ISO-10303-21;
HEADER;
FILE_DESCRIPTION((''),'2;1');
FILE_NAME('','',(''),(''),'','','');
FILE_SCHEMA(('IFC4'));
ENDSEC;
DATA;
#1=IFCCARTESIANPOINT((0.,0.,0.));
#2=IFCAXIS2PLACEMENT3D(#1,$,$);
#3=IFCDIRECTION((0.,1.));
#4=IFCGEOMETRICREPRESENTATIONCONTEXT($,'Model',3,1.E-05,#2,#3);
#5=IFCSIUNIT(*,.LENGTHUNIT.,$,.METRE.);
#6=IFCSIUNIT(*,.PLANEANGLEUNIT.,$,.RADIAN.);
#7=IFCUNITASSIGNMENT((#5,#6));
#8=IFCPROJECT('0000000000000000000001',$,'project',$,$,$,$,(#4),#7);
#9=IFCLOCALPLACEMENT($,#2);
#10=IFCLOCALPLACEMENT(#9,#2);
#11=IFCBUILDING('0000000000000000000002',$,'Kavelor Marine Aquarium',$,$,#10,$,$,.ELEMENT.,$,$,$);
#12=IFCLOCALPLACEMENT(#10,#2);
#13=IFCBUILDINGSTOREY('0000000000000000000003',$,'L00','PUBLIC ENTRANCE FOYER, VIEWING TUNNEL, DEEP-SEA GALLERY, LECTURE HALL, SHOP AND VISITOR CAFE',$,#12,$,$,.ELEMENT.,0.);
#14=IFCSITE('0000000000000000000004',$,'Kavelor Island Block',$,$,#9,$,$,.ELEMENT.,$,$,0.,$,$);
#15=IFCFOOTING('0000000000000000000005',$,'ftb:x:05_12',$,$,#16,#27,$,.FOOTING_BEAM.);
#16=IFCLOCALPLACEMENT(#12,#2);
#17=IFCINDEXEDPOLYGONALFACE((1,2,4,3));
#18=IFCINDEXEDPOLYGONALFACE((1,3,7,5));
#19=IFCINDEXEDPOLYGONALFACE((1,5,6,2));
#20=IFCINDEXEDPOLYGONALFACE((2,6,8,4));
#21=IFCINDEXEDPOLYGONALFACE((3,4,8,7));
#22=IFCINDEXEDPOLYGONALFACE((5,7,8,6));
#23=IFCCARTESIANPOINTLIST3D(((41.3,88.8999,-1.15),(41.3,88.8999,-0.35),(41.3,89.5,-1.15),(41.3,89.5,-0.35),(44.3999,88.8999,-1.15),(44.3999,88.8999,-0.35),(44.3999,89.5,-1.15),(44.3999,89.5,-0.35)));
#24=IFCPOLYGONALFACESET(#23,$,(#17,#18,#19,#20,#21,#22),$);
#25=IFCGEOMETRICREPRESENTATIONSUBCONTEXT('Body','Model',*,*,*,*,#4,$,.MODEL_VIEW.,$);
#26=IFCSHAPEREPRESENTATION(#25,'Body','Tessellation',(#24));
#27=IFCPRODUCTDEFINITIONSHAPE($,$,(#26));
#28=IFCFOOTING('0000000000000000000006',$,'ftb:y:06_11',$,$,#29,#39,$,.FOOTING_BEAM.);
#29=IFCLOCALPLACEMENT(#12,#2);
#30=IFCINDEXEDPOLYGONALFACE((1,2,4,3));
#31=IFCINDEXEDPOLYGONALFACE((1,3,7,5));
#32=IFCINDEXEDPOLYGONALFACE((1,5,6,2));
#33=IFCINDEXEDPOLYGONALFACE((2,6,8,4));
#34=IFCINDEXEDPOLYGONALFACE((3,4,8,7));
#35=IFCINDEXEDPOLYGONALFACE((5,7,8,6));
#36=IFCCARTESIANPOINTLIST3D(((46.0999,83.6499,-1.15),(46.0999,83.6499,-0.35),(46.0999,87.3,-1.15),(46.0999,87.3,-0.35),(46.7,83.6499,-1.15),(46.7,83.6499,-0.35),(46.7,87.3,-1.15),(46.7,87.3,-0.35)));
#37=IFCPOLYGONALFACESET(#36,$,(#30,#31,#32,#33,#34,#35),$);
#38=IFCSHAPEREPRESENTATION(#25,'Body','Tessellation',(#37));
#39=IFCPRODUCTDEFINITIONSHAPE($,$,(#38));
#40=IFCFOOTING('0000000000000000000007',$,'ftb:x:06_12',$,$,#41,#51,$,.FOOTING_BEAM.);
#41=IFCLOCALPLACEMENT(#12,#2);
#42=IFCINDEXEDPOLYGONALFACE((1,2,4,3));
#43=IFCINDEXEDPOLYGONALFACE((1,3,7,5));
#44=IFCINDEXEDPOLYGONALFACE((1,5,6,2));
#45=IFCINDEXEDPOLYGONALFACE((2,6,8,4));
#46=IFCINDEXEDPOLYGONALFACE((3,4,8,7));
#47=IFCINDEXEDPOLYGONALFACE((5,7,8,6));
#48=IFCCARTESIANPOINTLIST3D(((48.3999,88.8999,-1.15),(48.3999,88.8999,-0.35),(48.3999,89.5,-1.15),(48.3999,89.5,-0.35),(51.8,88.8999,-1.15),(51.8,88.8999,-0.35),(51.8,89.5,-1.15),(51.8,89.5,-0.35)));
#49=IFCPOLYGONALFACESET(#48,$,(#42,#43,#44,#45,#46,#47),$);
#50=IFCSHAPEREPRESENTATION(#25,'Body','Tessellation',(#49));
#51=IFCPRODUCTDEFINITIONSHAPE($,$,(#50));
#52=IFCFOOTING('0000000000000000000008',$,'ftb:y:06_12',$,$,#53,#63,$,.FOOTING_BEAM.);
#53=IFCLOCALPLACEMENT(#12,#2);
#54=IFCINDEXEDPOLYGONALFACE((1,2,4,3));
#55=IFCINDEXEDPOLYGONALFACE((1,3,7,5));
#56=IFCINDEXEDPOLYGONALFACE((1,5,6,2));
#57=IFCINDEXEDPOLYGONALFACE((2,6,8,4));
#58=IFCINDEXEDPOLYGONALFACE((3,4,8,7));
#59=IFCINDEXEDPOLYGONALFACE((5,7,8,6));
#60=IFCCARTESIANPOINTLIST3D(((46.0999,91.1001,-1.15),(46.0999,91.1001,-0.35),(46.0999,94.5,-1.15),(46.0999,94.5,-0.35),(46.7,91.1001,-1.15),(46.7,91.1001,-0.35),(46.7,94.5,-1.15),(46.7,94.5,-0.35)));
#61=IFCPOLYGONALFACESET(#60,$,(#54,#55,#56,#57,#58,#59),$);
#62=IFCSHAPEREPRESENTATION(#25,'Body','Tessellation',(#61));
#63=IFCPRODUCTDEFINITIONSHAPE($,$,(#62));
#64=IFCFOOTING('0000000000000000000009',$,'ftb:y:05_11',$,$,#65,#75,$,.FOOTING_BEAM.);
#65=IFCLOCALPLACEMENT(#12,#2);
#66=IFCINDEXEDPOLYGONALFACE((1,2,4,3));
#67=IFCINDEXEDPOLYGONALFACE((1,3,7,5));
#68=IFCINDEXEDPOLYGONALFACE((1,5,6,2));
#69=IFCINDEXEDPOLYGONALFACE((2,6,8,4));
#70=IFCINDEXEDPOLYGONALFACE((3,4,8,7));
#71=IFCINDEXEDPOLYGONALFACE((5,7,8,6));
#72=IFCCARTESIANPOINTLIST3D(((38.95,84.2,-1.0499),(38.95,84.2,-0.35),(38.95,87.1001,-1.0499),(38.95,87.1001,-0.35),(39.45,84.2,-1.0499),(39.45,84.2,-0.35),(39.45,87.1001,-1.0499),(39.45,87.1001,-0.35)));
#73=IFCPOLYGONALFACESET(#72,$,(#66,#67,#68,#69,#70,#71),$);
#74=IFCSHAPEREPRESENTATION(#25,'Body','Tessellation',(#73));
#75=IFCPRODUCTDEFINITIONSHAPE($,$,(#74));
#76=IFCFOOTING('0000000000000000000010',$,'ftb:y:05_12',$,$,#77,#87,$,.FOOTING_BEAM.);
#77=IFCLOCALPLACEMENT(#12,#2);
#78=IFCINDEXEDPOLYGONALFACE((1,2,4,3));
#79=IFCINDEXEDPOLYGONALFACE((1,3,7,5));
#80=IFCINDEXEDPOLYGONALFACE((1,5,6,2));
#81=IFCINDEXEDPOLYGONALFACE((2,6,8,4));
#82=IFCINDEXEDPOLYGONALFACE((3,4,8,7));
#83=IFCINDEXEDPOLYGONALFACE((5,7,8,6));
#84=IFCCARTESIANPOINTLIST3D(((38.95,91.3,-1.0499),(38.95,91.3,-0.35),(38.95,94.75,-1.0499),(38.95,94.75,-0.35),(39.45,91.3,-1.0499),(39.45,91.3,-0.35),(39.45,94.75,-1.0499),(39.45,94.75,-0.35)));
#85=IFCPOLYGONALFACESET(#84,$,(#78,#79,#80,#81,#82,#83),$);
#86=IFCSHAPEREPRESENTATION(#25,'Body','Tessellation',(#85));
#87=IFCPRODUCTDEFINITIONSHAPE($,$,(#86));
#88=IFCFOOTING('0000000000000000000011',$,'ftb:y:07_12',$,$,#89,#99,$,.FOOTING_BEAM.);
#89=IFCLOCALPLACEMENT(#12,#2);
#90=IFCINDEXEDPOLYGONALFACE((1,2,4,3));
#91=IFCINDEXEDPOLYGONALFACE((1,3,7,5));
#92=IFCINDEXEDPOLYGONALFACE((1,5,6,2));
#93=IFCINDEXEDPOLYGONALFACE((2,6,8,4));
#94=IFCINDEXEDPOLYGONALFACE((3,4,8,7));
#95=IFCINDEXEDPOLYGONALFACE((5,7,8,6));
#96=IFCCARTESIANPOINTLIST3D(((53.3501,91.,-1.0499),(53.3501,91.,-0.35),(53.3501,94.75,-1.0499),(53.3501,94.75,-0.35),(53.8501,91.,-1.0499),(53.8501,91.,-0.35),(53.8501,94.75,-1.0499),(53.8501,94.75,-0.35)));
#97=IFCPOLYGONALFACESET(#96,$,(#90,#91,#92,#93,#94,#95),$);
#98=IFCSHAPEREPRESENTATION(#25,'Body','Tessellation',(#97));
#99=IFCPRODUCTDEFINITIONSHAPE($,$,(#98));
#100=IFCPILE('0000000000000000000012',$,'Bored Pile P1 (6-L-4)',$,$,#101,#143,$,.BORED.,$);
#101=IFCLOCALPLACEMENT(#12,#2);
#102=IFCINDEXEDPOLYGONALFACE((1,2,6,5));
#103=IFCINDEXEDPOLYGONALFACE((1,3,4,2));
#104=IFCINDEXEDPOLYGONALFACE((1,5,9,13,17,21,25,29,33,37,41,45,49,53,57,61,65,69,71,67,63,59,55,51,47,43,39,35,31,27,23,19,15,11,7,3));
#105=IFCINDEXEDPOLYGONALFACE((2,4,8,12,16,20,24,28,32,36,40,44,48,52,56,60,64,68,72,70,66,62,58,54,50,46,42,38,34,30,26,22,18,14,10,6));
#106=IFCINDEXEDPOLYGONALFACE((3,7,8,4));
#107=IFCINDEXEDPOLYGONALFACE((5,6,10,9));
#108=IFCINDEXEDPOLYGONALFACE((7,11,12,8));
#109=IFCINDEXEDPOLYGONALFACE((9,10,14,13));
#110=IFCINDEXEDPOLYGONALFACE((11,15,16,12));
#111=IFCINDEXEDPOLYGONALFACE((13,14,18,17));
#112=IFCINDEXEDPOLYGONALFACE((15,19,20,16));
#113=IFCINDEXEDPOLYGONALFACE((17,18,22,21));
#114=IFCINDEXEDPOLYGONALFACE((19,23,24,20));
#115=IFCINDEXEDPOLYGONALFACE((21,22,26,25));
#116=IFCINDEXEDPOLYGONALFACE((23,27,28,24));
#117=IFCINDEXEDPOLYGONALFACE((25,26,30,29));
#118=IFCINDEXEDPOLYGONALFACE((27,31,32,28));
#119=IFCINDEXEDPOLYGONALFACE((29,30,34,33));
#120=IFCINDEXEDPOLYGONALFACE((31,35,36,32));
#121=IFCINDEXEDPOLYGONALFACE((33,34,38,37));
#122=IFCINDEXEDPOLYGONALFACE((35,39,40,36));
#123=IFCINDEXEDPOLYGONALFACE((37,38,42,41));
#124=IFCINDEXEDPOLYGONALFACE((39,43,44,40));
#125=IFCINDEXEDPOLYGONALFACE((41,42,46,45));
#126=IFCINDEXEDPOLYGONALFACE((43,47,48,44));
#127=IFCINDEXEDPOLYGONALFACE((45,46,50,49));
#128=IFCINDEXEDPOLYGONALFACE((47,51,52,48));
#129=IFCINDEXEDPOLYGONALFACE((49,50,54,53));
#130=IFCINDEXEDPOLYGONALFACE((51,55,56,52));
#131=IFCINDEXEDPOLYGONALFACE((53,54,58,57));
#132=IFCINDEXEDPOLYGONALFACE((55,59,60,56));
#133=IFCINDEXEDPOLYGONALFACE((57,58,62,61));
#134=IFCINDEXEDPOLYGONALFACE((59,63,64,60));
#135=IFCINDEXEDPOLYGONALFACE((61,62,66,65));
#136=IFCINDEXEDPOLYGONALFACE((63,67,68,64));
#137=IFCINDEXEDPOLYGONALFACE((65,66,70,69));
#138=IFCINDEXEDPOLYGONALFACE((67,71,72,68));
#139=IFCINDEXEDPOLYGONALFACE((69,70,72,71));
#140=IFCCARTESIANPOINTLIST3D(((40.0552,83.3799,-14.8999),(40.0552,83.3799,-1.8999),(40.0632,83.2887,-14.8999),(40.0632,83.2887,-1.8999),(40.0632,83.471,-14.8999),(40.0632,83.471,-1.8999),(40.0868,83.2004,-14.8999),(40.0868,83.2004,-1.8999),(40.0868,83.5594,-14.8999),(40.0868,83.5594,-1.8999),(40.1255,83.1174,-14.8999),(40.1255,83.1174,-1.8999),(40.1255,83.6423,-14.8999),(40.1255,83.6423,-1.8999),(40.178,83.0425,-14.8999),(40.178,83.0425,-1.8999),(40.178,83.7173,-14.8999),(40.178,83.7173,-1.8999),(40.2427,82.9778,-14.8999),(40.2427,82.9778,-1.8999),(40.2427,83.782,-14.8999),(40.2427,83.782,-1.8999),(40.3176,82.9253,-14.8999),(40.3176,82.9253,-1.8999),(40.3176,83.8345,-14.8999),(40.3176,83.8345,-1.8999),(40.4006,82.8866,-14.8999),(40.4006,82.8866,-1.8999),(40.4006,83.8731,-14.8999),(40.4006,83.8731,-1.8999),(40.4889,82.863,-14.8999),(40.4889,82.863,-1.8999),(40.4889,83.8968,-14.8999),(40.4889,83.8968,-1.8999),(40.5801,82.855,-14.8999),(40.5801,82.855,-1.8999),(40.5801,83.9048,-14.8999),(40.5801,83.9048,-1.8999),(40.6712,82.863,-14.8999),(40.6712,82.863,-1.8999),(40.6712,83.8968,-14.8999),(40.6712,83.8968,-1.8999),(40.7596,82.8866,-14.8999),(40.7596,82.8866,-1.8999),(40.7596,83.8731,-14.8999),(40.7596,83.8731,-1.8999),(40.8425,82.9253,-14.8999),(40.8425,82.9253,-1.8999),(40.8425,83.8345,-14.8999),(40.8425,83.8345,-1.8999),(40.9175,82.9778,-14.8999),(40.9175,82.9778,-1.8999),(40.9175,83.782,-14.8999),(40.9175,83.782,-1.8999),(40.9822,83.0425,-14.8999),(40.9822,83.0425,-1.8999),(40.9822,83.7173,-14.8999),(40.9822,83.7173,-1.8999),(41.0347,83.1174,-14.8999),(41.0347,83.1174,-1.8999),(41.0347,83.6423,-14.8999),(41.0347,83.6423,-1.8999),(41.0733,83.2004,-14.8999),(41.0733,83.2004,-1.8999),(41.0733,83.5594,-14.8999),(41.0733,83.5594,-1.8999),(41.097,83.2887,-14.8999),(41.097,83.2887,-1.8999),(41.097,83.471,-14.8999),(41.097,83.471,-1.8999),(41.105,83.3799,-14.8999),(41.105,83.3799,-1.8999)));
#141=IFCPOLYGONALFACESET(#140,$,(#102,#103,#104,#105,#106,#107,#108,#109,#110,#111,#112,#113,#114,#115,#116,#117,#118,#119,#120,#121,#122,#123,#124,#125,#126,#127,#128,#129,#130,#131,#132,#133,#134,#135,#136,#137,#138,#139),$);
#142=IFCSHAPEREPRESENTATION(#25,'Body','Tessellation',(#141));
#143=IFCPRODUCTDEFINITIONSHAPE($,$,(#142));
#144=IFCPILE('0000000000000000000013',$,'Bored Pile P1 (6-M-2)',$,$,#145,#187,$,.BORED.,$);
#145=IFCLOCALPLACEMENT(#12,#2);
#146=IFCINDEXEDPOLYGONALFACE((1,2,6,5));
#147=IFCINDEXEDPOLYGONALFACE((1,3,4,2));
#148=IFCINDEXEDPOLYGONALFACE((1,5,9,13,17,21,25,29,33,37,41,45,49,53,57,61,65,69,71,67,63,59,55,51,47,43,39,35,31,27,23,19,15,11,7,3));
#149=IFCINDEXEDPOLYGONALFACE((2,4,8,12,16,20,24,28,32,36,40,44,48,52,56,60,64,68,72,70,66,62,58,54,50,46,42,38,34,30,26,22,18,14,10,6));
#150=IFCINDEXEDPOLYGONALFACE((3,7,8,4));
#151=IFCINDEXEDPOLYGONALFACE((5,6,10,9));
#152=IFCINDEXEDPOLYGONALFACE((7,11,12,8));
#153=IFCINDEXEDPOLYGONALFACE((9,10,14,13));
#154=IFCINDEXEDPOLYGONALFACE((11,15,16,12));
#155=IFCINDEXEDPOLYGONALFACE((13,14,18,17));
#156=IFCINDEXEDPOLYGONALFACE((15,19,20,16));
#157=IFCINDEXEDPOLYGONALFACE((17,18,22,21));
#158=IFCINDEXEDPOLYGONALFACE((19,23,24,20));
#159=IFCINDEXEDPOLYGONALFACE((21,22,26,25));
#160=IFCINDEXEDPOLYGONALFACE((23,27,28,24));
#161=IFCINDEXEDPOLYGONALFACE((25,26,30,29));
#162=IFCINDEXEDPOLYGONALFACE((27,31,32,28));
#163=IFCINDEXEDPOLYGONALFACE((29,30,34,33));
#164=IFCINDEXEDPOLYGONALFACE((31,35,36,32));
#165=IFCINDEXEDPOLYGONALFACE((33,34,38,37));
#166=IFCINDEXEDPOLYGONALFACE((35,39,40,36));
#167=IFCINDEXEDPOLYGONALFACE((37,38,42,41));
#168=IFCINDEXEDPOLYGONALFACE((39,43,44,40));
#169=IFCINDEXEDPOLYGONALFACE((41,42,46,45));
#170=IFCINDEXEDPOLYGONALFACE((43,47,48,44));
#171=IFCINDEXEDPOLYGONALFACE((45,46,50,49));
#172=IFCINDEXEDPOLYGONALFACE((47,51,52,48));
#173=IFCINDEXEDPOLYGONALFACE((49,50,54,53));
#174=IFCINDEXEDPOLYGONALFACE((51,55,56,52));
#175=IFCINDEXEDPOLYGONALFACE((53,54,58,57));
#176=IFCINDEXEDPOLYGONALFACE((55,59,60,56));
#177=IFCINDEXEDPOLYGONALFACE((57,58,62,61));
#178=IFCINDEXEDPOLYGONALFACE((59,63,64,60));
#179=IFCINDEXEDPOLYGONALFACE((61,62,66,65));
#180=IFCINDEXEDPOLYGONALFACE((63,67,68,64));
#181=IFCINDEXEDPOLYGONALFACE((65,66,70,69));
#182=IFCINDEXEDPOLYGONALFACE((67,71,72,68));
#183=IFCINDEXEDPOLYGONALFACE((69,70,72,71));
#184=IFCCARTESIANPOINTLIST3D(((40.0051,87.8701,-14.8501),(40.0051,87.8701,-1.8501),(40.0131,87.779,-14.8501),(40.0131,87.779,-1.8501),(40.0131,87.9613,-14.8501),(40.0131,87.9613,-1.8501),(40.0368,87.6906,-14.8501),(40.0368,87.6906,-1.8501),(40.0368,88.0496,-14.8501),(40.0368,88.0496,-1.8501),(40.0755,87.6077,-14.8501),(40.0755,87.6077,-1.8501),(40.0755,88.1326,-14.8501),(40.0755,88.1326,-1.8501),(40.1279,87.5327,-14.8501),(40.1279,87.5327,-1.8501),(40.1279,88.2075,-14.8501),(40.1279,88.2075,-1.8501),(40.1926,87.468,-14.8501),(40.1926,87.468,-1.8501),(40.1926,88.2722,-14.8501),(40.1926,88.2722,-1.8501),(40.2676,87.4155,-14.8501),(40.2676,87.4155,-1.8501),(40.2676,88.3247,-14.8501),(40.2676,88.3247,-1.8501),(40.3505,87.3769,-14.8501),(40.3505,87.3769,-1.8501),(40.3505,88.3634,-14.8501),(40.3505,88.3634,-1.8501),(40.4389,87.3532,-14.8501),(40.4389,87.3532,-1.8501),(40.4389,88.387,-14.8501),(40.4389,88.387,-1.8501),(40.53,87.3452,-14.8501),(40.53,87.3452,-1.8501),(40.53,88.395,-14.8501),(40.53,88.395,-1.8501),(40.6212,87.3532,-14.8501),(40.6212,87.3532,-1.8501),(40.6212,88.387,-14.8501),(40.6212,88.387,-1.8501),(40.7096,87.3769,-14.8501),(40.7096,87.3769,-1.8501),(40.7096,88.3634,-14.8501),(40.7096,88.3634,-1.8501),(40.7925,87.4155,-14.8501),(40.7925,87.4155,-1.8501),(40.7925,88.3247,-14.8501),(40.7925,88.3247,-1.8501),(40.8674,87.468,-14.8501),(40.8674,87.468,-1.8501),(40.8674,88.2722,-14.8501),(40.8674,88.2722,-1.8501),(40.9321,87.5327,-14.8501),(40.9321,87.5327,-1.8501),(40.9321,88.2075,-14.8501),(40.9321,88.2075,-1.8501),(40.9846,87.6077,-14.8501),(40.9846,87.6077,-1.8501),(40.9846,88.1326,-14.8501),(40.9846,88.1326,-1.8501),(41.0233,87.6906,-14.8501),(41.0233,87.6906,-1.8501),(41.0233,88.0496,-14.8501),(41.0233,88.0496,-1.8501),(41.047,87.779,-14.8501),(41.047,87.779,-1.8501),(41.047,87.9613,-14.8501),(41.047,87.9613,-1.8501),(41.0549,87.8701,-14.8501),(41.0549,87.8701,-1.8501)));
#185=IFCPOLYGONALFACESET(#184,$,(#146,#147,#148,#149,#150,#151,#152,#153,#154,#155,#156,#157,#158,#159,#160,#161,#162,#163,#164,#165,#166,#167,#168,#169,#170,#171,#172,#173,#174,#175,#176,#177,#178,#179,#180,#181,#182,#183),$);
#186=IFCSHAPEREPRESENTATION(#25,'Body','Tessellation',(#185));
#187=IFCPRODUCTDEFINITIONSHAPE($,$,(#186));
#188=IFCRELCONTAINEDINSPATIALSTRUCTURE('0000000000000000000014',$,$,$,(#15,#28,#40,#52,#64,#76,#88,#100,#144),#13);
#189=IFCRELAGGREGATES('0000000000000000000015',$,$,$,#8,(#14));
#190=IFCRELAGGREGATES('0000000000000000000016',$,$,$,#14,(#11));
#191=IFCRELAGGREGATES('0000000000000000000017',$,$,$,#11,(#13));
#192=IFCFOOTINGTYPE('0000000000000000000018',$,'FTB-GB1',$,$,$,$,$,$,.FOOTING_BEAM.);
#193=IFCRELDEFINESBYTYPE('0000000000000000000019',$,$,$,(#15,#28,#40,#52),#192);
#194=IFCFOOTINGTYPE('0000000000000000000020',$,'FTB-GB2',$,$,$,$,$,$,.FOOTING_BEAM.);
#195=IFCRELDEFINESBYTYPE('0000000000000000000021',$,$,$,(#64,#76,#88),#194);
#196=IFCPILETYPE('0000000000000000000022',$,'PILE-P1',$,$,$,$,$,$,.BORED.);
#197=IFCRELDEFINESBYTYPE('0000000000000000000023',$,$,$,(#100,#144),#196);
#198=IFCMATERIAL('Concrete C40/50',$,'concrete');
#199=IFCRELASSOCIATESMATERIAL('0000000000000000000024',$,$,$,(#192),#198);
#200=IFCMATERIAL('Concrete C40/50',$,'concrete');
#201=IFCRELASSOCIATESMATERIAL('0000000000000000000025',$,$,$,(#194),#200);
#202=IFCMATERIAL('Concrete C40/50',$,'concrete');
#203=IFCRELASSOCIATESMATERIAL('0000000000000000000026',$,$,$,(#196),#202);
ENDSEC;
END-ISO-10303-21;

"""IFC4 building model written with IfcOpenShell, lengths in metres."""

from ifc_helpers import new_model, si_unit, direction, frame, origin, origin_2d, place, context, subcontext, project, spatial, rectangle, circle, extrude, material, material_profile, profile_set, type_object, element, save


model = new_model("IFC4")

# Units and contexts
model_context = context("Model", 3, precision=1e-05, world=origin(), true_north=direction((0.0, 1.0)))
body_context = subcontext(model_context, "Body", "Model", "MODEL_VIEW")
ifc_project = project(units=[si_unit("LENGTHUNIT", "METRE"), si_unit("PLANEANGLEUNIT", "RADIAN")], contexts=[model_context])

# Site, building, storey
site_placement = place(None, origin())
site = spatial("IfcSite", under=ifc_project, at=site_placement, Name="Kavelor Island Block", CompositionType="ELEMENT", RefElevation=0.0)
building_placement = place(site_placement, origin())
building = spatial("IfcBuilding", under=site, at=building_placement, Name="Kavelor Marine Aquarium", CompositionType="ELEMENT")
storey_placement = place(building_placement, origin())
storey = spatial("IfcBuildingStorey", under=building, at=storey_placement, Name="L00", Description="PUBLIC ENTRANCE FOYER, VIEWING TUNNEL, DEEP-SEA GALLERY, LECTURE HALL, SHOP AND VISITOR CAFE", CompositionType="ELEMENT", Elevation=0.0)

# Footings
ifc_material_1 = material(Name="Concrete C40/50", Category="concrete")
ifc_material_profile_1 = material_profile(ifc_material_1, rectangle(XDim=0.6001, YDim=0.8, at=origin_2d()), Name="GB 600x800")
ifc_profile_set_1 = profile_set([ifc_material_profile_1], Name="Concrete C40/50")
footing_type_1 = type_object("IfcFootingType", Name="FTB-GB1", PredefinedType="FOOTING_BEAM", material=ifc_profile_set_1)
footing_1_placement = place(storey_placement, frame((41.3, 89.2, -0.75), z_axis=(1.0, 0.0, 0.0), x_axis=(0.0, 1.0, 0.0)))
element("IfcFooting", 1, at=footing_1_placement, inside=storey, type_object=footing_type_1, Name="ftb:x:05_12", PredefinedType="FOOTING_BEAM", context=body_context, shape_type="SweptSolid", body=[
    extrude(rectangle(XDim=0.6001, YDim=0.8, at=origin_2d()), origin(), (0.0, 0.0, 1.0), 3.0999),
])
footing_2_placement = place(storey_placement, frame((46.3999, 83.6499, -0.75), z_axis=(0.0, 1.0, 0.0), x_axis=(-1.0, 0.0, 0.0)))
element("IfcFooting", 2, at=footing_2_placement, inside=storey, type_object=footing_type_1, Name="ftb:y:06_11", PredefinedType="FOOTING_BEAM", context=body_context, shape_type="SweptSolid", body=[
    extrude(rectangle(XDim=0.6001, YDim=0.8, at=origin_2d()), origin(), (0.0, 0.0, 1.0), 3.6501),
])
footing_3_placement = place(storey_placement, frame((48.3999, 89.2, -0.75), z_axis=(1.0, 0.0, 0.0), x_axis=(0.0, 1.0, 0.0)))
element("IfcFooting", 3, at=footing_3_placement, inside=storey, type_object=footing_type_1, Name="ftb:x:06_12", PredefinedType="FOOTING_BEAM", context=body_context, shape_type="SweptSolid", body=[
    extrude(rectangle(XDim=0.6001, YDim=0.8, at=origin_2d()), origin(), (0.0, 0.0, 1.0), 3.4001),
])
footing_4_placement = place(storey_placement, frame((46.3999, 91.1001, -0.75), z_axis=(0.0, 1.0, 0.0), x_axis=(-1.0, 0.0, 0.0)))
element("IfcFooting", 4, at=footing_4_placement, inside=storey, type_object=footing_type_1, Name="ftb:y:06_12", PredefinedType="FOOTING_BEAM", context=body_context, shape_type="SweptSolid", body=[
    extrude(rectangle(XDim=0.6001, YDim=0.8, at=origin_2d()), origin(), (0.0, 0.0, 1.0), 3.3999),
])
ifc_material_2 = material(Name="Concrete C40/50", Category="concrete")
ifc_material_profile_2 = material_profile(ifc_material_2, rectangle(XDim=0.5, YDim=0.7, at=origin_2d()), Name="GB 500x700")
ifc_profile_set_2 = profile_set([ifc_material_profile_2], Name="Concrete C40/50")
footing_type_2 = type_object("IfcFootingType", Name="FTB-GB2", PredefinedType="FOOTING_BEAM", material=ifc_profile_set_2)
footing_5_placement = place(storey_placement, frame((39.2, 84.2, -0.7), z_axis=(0.0, 1.0, 0.0), x_axis=(-1.0, 0.0, 0.0)))
element("IfcFooting", 5, at=footing_5_placement, inside=storey, type_object=footing_type_2, Name="ftb:y:05_11", PredefinedType="FOOTING_BEAM", context=body_context, shape_type="SweptSolid", body=[
    extrude(rectangle(XDim=0.5, YDim=0.7, at=origin_2d()), origin(), (0.0, 0.0, 1.0), 2.9001),
])
footing_6_placement = place(storey_placement, frame((39.2, 91.3, -0.7), z_axis=(0.0, 1.0, 0.0), x_axis=(-1.0, 0.0, 0.0)))
element("IfcFooting", 6, at=footing_6_placement, inside=storey, type_object=footing_type_2, Name="ftb:y:05_12", PredefinedType="FOOTING_BEAM", context=body_context, shape_type="SweptSolid", body=[
    extrude(rectangle(XDim=0.5, YDim=0.7, at=origin_2d()), origin(), (0.0, 0.0, 1.0), 3.45),
])
footing_7_placement = place(storey_placement, frame((53.6001, 91.0, -0.7), z_axis=(0.0, 1.0, 0.0), x_axis=(-1.0, 0.0, 0.0)))
element("IfcFooting", 7, at=footing_7_placement, inside=storey, type_object=footing_type_2, Name="ftb:y:07_12", PredefinedType="FOOTING_BEAM", context=body_context, shape_type="SweptSolid", body=[
    extrude(rectangle(XDim=0.5, YDim=0.7, at=origin_2d()), origin(), (0.0, 0.0, 1.0), 3.75),
])

# Piles
ifc_material_3 = material(Name="Concrete C40/50", Category="concrete")
ifc_material_profile_3 = material_profile(ifc_material_3, circle(Radius=0.5249, at=origin_2d()), Name="PILE D1050")
ifc_profile_set_3 = profile_set([ifc_material_profile_3], Name="Concrete C40/50")
pile_type_1 = type_object("IfcPileType", Name="PILE-P1", PredefinedType="BORED", material=ifc_profile_set_3)
for number, where, z_axis, x_axis, name in (
    (8, (40.5801, 83.3799, -1.8999), (0.0, 0.0, -1.0), (1.0, 0.0, 0.0), "Bored Pile P1 (6-L-4)"),
    (9, (40.53, 87.8701, -1.8501), (0.0, 0.0, -1.0), (1.0, 0.0, 0.0), "Bored Pile P1 (6-M-2)"),
):
    element("IfcPile", number, at=place(storey_placement, frame(where, z_axis=z_axis, x_axis=x_axis)), inside=storey, type_object=pile_type_1, Name=name, PredefinedType="BORED", context=body_context, shape_type="SweptSolid", body=[
        extrude(circle(Radius=0.5249, at=origin_2d()), origin(), (0.0, 0.0, 1.0), 13.0),
    ])

save(model, "model.ifc")
